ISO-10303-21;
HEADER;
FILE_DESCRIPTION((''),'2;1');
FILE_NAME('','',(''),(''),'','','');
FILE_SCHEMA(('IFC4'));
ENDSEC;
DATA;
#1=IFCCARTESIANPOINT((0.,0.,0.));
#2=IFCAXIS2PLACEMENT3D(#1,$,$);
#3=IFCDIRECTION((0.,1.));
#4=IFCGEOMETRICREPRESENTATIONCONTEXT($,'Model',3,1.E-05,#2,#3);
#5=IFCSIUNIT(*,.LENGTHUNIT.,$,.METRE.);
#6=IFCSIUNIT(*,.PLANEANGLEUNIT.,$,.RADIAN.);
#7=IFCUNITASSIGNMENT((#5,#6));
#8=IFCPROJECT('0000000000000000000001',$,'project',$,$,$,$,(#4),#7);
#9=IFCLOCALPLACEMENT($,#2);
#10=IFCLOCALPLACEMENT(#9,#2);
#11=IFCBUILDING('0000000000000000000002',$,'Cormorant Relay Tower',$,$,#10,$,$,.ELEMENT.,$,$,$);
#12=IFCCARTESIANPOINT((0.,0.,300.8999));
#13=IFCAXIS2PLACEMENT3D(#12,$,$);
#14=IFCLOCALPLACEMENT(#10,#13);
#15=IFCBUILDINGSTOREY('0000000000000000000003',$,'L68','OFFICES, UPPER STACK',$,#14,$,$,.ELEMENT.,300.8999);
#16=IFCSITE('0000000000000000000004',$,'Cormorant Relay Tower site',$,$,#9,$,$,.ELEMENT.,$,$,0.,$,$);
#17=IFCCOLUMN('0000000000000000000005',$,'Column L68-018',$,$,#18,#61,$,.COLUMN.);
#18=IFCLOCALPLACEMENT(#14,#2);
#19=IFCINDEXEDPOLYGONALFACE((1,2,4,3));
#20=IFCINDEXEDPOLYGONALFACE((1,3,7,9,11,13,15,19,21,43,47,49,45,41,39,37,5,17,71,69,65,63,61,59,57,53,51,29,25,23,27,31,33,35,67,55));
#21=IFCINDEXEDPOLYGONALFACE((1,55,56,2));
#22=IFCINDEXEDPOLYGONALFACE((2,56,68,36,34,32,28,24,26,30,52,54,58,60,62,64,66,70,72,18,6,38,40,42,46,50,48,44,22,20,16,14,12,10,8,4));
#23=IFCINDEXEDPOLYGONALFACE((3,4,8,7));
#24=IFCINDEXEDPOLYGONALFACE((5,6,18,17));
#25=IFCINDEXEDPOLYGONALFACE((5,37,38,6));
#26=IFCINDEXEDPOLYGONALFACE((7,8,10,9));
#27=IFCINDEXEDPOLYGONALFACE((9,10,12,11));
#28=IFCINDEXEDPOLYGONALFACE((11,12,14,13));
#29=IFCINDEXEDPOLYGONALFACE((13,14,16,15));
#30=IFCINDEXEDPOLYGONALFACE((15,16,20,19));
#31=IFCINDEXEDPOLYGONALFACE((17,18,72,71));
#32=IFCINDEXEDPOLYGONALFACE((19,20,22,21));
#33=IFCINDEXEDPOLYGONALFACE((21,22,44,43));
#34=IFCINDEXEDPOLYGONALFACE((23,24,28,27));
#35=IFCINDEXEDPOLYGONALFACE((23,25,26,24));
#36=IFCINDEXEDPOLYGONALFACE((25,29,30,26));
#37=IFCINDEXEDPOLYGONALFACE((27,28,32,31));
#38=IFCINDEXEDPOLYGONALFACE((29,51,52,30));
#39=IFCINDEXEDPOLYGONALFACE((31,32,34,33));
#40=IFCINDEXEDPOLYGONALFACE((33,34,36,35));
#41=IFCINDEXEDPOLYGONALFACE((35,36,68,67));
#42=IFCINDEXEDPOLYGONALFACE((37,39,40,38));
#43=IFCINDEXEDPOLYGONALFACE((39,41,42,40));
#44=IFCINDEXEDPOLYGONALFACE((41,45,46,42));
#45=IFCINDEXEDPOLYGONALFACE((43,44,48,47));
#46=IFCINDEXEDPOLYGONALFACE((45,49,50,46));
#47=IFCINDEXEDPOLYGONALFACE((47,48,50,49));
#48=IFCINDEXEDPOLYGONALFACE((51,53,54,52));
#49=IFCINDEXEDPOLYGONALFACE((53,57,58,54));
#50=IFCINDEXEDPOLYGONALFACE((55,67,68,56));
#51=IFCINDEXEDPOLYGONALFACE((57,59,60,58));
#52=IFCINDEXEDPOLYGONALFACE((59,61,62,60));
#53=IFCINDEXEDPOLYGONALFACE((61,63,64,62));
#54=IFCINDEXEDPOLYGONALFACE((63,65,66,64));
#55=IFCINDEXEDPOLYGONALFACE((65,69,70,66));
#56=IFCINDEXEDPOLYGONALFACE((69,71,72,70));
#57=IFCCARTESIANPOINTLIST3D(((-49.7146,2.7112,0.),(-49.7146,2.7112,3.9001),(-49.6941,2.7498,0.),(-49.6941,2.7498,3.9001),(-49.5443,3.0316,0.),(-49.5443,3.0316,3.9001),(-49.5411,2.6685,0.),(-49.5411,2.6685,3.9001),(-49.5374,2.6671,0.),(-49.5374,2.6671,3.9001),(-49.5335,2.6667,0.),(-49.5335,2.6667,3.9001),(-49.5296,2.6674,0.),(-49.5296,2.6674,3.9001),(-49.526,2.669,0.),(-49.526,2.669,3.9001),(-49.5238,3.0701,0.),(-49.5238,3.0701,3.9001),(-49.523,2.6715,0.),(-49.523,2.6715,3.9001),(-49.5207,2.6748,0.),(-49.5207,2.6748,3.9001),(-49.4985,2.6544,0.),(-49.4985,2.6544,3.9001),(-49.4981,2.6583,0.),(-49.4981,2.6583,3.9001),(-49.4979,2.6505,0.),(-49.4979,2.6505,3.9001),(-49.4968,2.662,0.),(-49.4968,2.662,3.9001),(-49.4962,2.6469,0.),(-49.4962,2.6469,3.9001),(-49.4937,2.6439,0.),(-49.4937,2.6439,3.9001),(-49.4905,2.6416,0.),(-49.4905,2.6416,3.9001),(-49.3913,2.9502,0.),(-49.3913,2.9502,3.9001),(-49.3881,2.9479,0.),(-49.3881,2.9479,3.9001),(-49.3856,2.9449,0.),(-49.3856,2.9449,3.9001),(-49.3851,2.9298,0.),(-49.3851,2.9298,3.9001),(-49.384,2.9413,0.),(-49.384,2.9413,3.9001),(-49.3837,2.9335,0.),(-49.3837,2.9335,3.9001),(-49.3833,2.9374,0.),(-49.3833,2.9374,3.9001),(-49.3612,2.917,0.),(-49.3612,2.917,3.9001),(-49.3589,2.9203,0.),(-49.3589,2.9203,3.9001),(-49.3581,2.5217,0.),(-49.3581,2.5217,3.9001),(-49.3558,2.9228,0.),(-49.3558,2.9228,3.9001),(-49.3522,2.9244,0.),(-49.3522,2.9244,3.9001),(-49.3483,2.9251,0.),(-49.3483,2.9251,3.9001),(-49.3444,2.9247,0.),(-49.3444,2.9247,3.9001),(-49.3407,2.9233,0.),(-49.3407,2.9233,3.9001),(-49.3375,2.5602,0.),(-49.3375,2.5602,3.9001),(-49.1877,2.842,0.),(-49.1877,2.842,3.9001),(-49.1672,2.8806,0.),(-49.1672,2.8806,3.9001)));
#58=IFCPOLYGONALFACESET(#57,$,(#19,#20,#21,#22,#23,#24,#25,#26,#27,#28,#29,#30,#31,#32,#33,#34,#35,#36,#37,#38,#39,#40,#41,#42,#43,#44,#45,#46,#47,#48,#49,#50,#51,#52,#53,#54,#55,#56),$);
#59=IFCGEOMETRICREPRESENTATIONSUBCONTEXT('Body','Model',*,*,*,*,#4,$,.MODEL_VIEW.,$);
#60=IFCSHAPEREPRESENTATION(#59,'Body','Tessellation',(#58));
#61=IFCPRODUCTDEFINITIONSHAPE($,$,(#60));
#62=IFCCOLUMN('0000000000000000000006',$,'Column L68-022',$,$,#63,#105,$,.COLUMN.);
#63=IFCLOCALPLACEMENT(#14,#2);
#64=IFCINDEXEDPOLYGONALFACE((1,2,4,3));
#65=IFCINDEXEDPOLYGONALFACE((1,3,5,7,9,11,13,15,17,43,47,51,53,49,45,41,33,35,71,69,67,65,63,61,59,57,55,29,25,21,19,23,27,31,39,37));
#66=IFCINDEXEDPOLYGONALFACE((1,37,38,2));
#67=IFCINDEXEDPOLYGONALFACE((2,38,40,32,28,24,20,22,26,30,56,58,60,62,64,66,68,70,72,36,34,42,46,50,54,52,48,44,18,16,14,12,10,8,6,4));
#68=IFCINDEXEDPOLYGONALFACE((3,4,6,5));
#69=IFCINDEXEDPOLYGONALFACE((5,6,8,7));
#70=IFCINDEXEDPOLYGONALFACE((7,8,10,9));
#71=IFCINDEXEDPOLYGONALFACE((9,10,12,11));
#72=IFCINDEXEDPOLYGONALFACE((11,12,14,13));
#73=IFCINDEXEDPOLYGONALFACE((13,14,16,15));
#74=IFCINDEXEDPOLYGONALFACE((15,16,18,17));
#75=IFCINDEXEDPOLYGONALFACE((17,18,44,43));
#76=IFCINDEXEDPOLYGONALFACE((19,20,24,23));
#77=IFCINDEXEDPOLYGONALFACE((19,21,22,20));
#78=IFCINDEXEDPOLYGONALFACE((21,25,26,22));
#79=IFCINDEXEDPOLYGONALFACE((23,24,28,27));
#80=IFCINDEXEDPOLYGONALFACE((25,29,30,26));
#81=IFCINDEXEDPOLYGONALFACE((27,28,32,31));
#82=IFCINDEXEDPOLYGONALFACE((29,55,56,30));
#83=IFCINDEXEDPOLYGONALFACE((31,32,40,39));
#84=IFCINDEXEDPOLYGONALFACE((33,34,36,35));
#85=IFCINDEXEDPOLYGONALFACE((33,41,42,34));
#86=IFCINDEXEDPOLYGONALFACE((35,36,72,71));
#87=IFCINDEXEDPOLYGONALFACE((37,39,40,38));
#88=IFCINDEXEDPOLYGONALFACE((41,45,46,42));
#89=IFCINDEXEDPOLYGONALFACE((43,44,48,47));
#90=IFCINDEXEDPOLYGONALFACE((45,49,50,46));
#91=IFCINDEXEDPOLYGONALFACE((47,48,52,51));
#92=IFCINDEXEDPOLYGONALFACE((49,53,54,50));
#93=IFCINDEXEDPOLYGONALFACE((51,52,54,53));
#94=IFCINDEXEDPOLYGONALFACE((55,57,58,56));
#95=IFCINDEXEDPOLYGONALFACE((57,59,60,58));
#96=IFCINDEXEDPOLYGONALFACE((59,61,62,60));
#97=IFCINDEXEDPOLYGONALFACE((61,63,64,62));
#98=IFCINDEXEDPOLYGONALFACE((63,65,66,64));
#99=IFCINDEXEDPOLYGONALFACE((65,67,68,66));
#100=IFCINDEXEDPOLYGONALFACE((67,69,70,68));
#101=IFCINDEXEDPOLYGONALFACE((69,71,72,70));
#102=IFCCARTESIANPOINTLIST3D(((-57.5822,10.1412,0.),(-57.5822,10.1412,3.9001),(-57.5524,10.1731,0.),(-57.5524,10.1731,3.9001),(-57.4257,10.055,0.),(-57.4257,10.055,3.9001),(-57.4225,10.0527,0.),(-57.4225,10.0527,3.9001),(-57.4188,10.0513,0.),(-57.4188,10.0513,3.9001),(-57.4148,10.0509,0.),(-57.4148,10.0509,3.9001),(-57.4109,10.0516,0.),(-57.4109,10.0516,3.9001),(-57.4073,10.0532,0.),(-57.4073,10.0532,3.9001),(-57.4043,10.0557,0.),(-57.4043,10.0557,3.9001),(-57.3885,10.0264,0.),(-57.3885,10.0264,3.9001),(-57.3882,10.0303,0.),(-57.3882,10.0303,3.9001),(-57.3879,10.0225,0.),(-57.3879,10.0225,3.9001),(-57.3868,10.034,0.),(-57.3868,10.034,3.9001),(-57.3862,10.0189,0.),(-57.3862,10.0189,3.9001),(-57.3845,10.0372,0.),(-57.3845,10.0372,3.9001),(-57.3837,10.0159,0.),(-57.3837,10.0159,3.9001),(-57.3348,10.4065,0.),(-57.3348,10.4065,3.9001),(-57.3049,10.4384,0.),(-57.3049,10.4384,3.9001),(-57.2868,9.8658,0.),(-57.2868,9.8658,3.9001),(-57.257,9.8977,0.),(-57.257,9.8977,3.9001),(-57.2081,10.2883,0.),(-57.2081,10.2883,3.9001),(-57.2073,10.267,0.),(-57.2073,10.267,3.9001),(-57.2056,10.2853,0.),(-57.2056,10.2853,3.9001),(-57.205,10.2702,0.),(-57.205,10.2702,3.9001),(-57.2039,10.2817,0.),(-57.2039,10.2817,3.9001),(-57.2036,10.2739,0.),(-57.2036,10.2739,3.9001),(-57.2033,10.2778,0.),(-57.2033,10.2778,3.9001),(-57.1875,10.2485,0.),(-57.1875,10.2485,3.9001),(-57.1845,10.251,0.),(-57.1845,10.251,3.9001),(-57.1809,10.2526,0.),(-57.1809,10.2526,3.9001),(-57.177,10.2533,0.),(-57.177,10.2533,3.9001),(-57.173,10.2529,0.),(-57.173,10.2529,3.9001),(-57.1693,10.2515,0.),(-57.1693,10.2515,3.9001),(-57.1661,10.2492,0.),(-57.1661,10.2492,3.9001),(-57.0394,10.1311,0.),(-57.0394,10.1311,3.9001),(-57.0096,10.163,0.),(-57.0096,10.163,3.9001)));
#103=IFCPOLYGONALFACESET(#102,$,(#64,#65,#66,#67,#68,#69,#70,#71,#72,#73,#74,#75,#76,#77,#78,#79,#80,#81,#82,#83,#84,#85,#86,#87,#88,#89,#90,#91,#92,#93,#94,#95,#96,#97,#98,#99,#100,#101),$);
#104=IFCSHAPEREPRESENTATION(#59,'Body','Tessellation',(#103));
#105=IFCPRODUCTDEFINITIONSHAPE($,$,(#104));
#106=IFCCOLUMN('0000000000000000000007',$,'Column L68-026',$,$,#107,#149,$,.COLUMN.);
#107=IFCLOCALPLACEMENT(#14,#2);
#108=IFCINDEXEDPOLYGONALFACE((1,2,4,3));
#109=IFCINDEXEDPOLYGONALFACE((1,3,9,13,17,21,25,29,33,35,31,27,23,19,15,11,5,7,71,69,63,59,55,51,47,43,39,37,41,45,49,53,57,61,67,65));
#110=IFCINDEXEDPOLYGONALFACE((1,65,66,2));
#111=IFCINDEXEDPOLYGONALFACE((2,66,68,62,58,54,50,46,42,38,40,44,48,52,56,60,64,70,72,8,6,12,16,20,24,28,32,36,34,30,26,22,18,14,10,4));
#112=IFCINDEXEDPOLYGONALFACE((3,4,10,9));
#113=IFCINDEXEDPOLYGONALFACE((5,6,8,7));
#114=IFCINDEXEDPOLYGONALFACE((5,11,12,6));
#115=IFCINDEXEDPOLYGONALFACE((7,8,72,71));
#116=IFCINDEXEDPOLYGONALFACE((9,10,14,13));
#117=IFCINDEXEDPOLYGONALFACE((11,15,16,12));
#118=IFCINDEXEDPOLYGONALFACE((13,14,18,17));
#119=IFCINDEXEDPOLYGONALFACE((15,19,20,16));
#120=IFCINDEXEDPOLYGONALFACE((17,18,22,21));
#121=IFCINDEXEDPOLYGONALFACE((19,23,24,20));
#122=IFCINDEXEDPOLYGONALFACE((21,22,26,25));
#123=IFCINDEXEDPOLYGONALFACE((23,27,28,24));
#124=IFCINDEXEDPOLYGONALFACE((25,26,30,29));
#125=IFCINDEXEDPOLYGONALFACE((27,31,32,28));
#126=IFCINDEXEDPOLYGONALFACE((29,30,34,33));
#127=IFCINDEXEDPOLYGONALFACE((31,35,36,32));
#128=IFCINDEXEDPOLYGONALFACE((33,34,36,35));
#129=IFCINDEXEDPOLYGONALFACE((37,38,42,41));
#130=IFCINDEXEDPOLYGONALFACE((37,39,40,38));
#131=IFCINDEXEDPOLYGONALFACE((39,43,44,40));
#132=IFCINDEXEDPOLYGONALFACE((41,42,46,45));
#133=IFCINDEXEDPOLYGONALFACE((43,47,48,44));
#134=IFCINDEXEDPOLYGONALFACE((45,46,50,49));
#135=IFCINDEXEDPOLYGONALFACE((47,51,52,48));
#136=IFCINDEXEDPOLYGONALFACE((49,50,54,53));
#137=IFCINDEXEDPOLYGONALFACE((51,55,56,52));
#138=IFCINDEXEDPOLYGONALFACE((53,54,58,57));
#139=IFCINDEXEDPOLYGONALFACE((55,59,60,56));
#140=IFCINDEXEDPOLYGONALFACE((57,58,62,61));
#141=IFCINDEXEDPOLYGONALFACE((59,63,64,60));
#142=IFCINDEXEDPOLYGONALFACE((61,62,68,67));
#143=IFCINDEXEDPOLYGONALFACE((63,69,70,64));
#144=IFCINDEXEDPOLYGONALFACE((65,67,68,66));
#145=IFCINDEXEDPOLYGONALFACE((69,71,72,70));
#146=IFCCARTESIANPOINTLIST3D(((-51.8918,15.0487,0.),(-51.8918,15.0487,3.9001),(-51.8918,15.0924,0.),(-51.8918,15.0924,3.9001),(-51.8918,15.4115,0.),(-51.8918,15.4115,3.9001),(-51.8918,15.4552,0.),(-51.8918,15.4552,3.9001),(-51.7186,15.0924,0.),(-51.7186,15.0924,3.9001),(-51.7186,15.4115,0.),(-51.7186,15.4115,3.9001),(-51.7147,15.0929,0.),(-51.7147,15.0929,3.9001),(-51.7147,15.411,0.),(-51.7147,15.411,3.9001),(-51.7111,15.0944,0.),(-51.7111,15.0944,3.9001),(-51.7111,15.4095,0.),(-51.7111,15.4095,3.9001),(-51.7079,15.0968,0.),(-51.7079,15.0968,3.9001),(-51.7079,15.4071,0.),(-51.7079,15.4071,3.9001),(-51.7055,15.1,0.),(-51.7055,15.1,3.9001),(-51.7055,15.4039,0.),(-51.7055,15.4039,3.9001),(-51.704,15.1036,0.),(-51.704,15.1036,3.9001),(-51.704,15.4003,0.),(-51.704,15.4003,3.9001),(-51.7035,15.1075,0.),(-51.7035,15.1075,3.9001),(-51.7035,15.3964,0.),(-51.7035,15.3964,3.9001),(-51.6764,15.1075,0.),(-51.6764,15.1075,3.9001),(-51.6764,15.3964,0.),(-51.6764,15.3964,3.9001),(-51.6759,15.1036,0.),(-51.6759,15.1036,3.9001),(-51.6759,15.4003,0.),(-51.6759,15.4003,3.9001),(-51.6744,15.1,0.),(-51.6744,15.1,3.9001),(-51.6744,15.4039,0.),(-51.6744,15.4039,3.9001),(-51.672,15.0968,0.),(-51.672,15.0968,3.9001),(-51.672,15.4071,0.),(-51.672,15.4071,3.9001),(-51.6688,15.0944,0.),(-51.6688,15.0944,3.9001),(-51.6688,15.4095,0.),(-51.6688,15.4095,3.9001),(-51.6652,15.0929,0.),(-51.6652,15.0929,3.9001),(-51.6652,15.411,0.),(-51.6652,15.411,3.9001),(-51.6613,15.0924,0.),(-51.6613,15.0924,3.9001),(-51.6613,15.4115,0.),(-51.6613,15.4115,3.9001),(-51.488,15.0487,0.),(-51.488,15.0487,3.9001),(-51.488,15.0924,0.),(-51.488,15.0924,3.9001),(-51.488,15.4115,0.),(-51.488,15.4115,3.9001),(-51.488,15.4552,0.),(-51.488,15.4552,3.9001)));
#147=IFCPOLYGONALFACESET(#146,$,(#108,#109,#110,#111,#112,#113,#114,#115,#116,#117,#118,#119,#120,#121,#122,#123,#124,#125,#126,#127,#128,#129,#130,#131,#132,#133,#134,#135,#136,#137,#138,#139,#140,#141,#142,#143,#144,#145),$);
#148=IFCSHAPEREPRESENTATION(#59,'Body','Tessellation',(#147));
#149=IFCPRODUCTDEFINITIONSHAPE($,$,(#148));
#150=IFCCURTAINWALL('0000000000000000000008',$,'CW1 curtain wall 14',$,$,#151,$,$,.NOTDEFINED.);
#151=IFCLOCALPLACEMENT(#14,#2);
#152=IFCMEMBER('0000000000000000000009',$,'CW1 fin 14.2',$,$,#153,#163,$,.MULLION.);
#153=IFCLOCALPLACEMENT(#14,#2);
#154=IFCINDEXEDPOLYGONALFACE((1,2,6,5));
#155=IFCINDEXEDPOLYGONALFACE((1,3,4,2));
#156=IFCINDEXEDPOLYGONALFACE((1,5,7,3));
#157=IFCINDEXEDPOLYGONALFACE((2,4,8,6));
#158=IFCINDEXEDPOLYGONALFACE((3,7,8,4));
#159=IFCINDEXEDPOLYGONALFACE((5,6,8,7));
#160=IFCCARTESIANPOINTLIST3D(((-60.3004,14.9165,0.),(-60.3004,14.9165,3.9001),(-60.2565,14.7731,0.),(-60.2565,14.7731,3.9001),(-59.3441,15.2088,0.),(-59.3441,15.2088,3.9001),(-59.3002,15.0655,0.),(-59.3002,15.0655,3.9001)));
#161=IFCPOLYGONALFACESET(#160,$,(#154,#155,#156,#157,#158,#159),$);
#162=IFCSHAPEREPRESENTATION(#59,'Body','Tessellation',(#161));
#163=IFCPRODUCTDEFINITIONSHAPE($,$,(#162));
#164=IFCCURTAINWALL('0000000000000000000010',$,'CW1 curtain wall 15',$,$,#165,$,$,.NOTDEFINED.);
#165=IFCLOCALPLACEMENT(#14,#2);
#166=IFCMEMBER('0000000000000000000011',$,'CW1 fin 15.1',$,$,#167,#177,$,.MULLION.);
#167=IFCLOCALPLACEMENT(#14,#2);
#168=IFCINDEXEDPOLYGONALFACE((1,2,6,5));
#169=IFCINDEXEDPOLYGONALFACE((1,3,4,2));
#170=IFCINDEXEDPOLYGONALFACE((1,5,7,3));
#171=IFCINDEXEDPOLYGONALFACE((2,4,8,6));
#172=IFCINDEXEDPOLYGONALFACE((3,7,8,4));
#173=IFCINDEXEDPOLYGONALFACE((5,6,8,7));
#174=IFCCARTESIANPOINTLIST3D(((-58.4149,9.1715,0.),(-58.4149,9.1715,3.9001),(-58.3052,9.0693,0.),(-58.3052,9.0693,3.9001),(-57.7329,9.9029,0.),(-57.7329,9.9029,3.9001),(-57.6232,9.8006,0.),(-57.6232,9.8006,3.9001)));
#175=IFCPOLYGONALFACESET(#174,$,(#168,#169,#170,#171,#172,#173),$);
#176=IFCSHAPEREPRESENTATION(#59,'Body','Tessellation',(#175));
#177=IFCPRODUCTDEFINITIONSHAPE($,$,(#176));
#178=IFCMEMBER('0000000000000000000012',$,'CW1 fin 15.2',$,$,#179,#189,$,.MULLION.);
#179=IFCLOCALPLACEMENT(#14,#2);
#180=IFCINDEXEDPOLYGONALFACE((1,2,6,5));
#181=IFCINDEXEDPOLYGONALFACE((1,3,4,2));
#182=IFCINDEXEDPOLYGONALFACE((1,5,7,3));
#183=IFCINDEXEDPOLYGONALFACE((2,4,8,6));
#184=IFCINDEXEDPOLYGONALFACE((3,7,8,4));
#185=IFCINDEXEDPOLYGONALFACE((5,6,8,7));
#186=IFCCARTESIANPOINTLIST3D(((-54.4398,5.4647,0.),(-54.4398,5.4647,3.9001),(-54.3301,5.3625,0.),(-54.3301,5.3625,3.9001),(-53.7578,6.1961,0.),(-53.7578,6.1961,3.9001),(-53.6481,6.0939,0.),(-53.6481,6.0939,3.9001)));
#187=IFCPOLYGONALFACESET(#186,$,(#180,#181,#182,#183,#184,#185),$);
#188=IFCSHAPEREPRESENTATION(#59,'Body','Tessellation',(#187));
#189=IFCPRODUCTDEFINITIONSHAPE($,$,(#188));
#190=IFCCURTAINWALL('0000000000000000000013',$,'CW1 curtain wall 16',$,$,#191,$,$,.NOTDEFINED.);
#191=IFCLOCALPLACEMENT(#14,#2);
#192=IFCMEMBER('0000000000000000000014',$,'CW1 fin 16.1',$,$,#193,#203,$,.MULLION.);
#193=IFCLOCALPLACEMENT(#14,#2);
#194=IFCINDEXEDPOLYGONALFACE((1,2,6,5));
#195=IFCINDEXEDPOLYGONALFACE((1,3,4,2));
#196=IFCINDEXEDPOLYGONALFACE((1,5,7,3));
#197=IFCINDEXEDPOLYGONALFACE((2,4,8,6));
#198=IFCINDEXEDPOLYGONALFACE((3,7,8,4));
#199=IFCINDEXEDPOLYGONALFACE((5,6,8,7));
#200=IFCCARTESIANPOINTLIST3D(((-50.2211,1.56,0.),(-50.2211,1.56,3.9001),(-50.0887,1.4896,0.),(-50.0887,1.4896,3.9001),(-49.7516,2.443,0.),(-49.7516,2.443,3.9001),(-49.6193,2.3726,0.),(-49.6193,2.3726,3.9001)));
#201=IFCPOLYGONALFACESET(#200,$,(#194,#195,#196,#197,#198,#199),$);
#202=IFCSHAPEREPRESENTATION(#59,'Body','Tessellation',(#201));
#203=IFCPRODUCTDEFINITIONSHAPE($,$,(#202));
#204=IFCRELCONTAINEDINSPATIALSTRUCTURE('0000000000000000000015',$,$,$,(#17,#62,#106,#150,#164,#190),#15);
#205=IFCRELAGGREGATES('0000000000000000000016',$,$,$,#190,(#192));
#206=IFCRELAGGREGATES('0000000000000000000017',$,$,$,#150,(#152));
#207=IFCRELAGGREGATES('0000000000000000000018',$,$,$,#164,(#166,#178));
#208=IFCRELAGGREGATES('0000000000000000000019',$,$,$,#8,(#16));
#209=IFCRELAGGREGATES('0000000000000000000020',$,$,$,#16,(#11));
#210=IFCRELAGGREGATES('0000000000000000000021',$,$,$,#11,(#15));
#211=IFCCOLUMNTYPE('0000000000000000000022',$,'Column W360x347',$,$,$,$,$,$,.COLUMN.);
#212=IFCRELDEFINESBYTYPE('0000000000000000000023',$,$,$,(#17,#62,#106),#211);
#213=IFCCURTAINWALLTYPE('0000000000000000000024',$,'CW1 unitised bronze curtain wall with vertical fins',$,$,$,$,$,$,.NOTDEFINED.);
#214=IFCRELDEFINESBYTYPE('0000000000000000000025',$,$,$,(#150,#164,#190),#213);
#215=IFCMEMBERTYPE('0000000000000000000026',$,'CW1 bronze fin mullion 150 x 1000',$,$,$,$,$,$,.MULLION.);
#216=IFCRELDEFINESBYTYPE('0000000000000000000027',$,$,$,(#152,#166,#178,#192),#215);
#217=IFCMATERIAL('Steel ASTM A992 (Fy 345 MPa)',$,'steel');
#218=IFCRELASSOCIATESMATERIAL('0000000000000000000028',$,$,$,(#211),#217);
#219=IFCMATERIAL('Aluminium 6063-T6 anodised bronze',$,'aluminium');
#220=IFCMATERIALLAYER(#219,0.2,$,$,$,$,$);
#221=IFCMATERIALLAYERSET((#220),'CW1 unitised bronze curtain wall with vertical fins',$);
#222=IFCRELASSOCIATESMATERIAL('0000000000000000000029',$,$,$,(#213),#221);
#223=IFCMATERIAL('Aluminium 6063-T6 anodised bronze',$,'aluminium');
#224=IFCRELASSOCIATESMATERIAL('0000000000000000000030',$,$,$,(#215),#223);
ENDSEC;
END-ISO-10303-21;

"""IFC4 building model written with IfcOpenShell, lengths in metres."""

from ifc_helpers import new_model, si_unit, direction, frame, origin, origin_2d, place, context, subcontext, project, spatial, rectangle, i_section, extrude, material, layer, layer_set, material_profile, profile_set, type_object, element, aggregate, save


model = new_model("IFC4")

# Units and contexts
model_context = context("Model", 3, precision=1e-05, world=origin(), true_north=direction((0.0, 1.0)))
body_context = subcontext(model_context, "Body", "Model", "MODEL_VIEW")
ifc_project = project(units=[si_unit("LENGTHUNIT", "METRE"), si_unit("PLANEANGLEUNIT", "RADIAN")], contexts=[model_context])

# Site, building, storey
site_placement = place(None, origin())
site = spatial("IfcSite", under=ifc_project, at=site_placement, Name="Cormorant Relay Tower site", CompositionType="ELEMENT", RefElevation=0.0)
building_placement = place(site_placement, origin())
building = spatial("IfcBuilding", under=site, at=building_placement, Name="Cormorant Relay Tower", CompositionType="ELEMENT")
storey_placement = place(building_placement, frame((0.0, 0.0, 300.8999)))
storey = spatial("IfcBuildingStorey", under=building, at=storey_placement, Name="L68", Description="OFFICES, UPPER STACK", CompositionType="ELEMENT", Elevation=300.8999)

# Columns
ifc_material_1 = material(Name="Steel ASTM A992 (Fy 345 MPa)", Category="steel")
ifc_material_profile_1 = material_profile(ifc_material_1, i_section(OverallWidth=0.4038, OverallDepth=0.4065, WebThickness=0.0271, FlangeThickness=0.0437, FilletRadius=0.0151, at=origin_2d()), Name="W360x347")
ifc_profile_set_1 = profile_set([ifc_material_profile_1], Name="Steel ASTM A992 (Fy 345 MPa)")
column_type = type_object("IfcColumnType", Name="Column W360x347", PredefinedType="COLUMN", material=ifc_profile_set_1)
for number, where, z_axis, x_axis, name in (
    (1, (-49.4409, 2.7959, 0.0), (0.0, 0.0, 1.0), (0.882948, -0.469472, 0.0), "Column L68-018"),
    (2, (-57.2959, 10.1521, 0.0), (0.0, 0.0, 1.0), (0.731354, -0.681998, 0.0), "Column L68-022"),
    (3, (-51.6899, 15.252, 0.0), (0.0, 0.0, 1.0), (1.0, 0.0, 0.0), "Column L68-026"),
):
    element("IfcColumn", number, at=place(storey_placement, frame(where, z_axis=z_axis, x_axis=x_axis)), inside=storey, type_object=column_type, Name=name, PredefinedType="COLUMN", context=body_context, shape_type="SweptSolid", body=[
        extrude(i_section(OverallWidth=0.4038, OverallDepth=0.4065, WebThickness=0.0271, FlangeThickness=0.0437, FilletRadius=0.0151, at=origin_2d()), origin(), (0.0, 0.0, 1.0), 3.9001),
    ])

# Curtain wall, member
ifc_material_2 = material(Name="Aluminium 6063-T6 anodised bronze", Category="aluminium")
ifc_layer_1 = layer(ifc_material_2, 0.2)
ifc_layer_set_1 = layer_set([ifc_layer_1], Name="CW1 unitised bronze curtain wall with vertical fins")
curtain_wall_type = type_object("IfcCurtainWallType", Name="CW1 unitised bronze curtain wall with vertical fins", PredefinedType="NOTDEFINED", material=ifc_layer_set_1)
curtain_wall_1_placement = place(storey_placement, origin())
curtain_wall_1 = element("IfcCurtainWall", 4, at=curtain_wall_1_placement, inside=storey, type_object=curtain_wall_type, Name="CW1 curtain wall 14", PredefinedType="NOTDEFINED")
ifc_material_3 = material(Name="Aluminium 6063-T6 anodised bronze", Category="aluminium")
ifc_material_profile_2 = material_profile(ifc_material_3, rectangle(XDim=0.1499, YDim=1.0, at=origin_2d()), Name="AL 150x1000")
ifc_profile_set_2 = profile_set([ifc_material_profile_2], Name="Aluminium 6063-T6 anodised bronze")
member_type_1 = type_object("IfcMemberType", Name="CW1 bronze fin mullion 150 x 1000", PredefinedType="MULLION", material=ifc_profile_set_2)
member_1_placement = place(storey_placement, frame((-59.8003, 14.991, 0.0), z_axis=(0.0, 0.0, 1.0), x_axis=(0.292372, -0.956305, 0.0)))
member_1 = element("IfcMember", 5, at=member_1_placement, type_object=member_type_1, Name="CW1 fin 14.2", PredefinedType="MULLION", context=body_context, shape_type="SweptSolid", body=[
    extrude(rectangle(XDim=0.1499, YDim=1.0, at=origin_2d()), origin(), (0.0, 0.0, 1.0), 3.9001),
])

# Curtain wall, members
curtain_wall_2_placement = place(storey_placement, origin())
curtain_wall_2 = element("IfcCurtainWall", 6, at=curtain_wall_2_placement, inside=storey, type_object=curtain_wall_type, Name="CW1 curtain wall 15", PredefinedType="NOTDEFINED")
member_2_placement = place(storey_placement, frame((-58.019, 9.4861, 0.0), z_axis=(0.0, 0.0, 1.0), x_axis=(0.731354, -0.681998, 0.0)))
member_2 = element("IfcMember", 7, at=member_2_placement, type_object=member_type_1, Name="CW1 fin 15.1", PredefinedType="MULLION", context=body_context, shape_type="SweptSolid", body=[
    extrude(rectangle(XDim=0.1499, YDim=1.0, at=origin_2d()), origin(), (0.0, 0.0, 1.0), 3.9001),
])
member_3_placement = place(storey_placement, frame((-54.0439, 5.7793, 0.0), z_axis=(0.0, 0.0, 1.0), x_axis=(0.731354, -0.681998, 0.0)))
member_3 = element("IfcMember", 8, at=member_3_placement, type_object=member_type_1, Name="CW1 fin 15.2", PredefinedType="MULLION", context=body_context, shape_type="SweptSolid", body=[
    extrude(rectangle(XDim=0.1499, YDim=1.0, at=origin_2d()), origin(), (0.0, 0.0, 1.0), 3.9001),
])

# Curtain wall, member
curtain_wall_3_placement = place(storey_placement, origin())
curtain_wall_3 = element("IfcCurtainWall", 9, at=curtain_wall_3_placement, inside=storey, type_object=curtain_wall_type, Name="CW1 curtain wall 16", PredefinedType="NOTDEFINED")
member_4_placement = place(storey_placement, frame((-49.9202, 1.9663, 0.0), z_axis=(0.0, 0.0, 1.0), x_axis=(0.882948, -0.469472, 0.0)))
member_4 = element("IfcMember", 10, at=member_4_placement, type_object=member_type_1, Name="CW1 fin 16.1", PredefinedType="MULLION", context=body_context, shape_type="SweptSolid", body=[
    extrude(rectangle(XDim=0.1499, YDim=1.0, at=origin_2d()), origin(), (0.0, 0.0, 1.0), 3.9001),
])

aggregate(curtain_wall_3, [member_4])

aggregate(curtain_wall_1, [member_1])
aggregate(curtain_wall_2, [member_2, member_3])

save(model, "model.ifc")
